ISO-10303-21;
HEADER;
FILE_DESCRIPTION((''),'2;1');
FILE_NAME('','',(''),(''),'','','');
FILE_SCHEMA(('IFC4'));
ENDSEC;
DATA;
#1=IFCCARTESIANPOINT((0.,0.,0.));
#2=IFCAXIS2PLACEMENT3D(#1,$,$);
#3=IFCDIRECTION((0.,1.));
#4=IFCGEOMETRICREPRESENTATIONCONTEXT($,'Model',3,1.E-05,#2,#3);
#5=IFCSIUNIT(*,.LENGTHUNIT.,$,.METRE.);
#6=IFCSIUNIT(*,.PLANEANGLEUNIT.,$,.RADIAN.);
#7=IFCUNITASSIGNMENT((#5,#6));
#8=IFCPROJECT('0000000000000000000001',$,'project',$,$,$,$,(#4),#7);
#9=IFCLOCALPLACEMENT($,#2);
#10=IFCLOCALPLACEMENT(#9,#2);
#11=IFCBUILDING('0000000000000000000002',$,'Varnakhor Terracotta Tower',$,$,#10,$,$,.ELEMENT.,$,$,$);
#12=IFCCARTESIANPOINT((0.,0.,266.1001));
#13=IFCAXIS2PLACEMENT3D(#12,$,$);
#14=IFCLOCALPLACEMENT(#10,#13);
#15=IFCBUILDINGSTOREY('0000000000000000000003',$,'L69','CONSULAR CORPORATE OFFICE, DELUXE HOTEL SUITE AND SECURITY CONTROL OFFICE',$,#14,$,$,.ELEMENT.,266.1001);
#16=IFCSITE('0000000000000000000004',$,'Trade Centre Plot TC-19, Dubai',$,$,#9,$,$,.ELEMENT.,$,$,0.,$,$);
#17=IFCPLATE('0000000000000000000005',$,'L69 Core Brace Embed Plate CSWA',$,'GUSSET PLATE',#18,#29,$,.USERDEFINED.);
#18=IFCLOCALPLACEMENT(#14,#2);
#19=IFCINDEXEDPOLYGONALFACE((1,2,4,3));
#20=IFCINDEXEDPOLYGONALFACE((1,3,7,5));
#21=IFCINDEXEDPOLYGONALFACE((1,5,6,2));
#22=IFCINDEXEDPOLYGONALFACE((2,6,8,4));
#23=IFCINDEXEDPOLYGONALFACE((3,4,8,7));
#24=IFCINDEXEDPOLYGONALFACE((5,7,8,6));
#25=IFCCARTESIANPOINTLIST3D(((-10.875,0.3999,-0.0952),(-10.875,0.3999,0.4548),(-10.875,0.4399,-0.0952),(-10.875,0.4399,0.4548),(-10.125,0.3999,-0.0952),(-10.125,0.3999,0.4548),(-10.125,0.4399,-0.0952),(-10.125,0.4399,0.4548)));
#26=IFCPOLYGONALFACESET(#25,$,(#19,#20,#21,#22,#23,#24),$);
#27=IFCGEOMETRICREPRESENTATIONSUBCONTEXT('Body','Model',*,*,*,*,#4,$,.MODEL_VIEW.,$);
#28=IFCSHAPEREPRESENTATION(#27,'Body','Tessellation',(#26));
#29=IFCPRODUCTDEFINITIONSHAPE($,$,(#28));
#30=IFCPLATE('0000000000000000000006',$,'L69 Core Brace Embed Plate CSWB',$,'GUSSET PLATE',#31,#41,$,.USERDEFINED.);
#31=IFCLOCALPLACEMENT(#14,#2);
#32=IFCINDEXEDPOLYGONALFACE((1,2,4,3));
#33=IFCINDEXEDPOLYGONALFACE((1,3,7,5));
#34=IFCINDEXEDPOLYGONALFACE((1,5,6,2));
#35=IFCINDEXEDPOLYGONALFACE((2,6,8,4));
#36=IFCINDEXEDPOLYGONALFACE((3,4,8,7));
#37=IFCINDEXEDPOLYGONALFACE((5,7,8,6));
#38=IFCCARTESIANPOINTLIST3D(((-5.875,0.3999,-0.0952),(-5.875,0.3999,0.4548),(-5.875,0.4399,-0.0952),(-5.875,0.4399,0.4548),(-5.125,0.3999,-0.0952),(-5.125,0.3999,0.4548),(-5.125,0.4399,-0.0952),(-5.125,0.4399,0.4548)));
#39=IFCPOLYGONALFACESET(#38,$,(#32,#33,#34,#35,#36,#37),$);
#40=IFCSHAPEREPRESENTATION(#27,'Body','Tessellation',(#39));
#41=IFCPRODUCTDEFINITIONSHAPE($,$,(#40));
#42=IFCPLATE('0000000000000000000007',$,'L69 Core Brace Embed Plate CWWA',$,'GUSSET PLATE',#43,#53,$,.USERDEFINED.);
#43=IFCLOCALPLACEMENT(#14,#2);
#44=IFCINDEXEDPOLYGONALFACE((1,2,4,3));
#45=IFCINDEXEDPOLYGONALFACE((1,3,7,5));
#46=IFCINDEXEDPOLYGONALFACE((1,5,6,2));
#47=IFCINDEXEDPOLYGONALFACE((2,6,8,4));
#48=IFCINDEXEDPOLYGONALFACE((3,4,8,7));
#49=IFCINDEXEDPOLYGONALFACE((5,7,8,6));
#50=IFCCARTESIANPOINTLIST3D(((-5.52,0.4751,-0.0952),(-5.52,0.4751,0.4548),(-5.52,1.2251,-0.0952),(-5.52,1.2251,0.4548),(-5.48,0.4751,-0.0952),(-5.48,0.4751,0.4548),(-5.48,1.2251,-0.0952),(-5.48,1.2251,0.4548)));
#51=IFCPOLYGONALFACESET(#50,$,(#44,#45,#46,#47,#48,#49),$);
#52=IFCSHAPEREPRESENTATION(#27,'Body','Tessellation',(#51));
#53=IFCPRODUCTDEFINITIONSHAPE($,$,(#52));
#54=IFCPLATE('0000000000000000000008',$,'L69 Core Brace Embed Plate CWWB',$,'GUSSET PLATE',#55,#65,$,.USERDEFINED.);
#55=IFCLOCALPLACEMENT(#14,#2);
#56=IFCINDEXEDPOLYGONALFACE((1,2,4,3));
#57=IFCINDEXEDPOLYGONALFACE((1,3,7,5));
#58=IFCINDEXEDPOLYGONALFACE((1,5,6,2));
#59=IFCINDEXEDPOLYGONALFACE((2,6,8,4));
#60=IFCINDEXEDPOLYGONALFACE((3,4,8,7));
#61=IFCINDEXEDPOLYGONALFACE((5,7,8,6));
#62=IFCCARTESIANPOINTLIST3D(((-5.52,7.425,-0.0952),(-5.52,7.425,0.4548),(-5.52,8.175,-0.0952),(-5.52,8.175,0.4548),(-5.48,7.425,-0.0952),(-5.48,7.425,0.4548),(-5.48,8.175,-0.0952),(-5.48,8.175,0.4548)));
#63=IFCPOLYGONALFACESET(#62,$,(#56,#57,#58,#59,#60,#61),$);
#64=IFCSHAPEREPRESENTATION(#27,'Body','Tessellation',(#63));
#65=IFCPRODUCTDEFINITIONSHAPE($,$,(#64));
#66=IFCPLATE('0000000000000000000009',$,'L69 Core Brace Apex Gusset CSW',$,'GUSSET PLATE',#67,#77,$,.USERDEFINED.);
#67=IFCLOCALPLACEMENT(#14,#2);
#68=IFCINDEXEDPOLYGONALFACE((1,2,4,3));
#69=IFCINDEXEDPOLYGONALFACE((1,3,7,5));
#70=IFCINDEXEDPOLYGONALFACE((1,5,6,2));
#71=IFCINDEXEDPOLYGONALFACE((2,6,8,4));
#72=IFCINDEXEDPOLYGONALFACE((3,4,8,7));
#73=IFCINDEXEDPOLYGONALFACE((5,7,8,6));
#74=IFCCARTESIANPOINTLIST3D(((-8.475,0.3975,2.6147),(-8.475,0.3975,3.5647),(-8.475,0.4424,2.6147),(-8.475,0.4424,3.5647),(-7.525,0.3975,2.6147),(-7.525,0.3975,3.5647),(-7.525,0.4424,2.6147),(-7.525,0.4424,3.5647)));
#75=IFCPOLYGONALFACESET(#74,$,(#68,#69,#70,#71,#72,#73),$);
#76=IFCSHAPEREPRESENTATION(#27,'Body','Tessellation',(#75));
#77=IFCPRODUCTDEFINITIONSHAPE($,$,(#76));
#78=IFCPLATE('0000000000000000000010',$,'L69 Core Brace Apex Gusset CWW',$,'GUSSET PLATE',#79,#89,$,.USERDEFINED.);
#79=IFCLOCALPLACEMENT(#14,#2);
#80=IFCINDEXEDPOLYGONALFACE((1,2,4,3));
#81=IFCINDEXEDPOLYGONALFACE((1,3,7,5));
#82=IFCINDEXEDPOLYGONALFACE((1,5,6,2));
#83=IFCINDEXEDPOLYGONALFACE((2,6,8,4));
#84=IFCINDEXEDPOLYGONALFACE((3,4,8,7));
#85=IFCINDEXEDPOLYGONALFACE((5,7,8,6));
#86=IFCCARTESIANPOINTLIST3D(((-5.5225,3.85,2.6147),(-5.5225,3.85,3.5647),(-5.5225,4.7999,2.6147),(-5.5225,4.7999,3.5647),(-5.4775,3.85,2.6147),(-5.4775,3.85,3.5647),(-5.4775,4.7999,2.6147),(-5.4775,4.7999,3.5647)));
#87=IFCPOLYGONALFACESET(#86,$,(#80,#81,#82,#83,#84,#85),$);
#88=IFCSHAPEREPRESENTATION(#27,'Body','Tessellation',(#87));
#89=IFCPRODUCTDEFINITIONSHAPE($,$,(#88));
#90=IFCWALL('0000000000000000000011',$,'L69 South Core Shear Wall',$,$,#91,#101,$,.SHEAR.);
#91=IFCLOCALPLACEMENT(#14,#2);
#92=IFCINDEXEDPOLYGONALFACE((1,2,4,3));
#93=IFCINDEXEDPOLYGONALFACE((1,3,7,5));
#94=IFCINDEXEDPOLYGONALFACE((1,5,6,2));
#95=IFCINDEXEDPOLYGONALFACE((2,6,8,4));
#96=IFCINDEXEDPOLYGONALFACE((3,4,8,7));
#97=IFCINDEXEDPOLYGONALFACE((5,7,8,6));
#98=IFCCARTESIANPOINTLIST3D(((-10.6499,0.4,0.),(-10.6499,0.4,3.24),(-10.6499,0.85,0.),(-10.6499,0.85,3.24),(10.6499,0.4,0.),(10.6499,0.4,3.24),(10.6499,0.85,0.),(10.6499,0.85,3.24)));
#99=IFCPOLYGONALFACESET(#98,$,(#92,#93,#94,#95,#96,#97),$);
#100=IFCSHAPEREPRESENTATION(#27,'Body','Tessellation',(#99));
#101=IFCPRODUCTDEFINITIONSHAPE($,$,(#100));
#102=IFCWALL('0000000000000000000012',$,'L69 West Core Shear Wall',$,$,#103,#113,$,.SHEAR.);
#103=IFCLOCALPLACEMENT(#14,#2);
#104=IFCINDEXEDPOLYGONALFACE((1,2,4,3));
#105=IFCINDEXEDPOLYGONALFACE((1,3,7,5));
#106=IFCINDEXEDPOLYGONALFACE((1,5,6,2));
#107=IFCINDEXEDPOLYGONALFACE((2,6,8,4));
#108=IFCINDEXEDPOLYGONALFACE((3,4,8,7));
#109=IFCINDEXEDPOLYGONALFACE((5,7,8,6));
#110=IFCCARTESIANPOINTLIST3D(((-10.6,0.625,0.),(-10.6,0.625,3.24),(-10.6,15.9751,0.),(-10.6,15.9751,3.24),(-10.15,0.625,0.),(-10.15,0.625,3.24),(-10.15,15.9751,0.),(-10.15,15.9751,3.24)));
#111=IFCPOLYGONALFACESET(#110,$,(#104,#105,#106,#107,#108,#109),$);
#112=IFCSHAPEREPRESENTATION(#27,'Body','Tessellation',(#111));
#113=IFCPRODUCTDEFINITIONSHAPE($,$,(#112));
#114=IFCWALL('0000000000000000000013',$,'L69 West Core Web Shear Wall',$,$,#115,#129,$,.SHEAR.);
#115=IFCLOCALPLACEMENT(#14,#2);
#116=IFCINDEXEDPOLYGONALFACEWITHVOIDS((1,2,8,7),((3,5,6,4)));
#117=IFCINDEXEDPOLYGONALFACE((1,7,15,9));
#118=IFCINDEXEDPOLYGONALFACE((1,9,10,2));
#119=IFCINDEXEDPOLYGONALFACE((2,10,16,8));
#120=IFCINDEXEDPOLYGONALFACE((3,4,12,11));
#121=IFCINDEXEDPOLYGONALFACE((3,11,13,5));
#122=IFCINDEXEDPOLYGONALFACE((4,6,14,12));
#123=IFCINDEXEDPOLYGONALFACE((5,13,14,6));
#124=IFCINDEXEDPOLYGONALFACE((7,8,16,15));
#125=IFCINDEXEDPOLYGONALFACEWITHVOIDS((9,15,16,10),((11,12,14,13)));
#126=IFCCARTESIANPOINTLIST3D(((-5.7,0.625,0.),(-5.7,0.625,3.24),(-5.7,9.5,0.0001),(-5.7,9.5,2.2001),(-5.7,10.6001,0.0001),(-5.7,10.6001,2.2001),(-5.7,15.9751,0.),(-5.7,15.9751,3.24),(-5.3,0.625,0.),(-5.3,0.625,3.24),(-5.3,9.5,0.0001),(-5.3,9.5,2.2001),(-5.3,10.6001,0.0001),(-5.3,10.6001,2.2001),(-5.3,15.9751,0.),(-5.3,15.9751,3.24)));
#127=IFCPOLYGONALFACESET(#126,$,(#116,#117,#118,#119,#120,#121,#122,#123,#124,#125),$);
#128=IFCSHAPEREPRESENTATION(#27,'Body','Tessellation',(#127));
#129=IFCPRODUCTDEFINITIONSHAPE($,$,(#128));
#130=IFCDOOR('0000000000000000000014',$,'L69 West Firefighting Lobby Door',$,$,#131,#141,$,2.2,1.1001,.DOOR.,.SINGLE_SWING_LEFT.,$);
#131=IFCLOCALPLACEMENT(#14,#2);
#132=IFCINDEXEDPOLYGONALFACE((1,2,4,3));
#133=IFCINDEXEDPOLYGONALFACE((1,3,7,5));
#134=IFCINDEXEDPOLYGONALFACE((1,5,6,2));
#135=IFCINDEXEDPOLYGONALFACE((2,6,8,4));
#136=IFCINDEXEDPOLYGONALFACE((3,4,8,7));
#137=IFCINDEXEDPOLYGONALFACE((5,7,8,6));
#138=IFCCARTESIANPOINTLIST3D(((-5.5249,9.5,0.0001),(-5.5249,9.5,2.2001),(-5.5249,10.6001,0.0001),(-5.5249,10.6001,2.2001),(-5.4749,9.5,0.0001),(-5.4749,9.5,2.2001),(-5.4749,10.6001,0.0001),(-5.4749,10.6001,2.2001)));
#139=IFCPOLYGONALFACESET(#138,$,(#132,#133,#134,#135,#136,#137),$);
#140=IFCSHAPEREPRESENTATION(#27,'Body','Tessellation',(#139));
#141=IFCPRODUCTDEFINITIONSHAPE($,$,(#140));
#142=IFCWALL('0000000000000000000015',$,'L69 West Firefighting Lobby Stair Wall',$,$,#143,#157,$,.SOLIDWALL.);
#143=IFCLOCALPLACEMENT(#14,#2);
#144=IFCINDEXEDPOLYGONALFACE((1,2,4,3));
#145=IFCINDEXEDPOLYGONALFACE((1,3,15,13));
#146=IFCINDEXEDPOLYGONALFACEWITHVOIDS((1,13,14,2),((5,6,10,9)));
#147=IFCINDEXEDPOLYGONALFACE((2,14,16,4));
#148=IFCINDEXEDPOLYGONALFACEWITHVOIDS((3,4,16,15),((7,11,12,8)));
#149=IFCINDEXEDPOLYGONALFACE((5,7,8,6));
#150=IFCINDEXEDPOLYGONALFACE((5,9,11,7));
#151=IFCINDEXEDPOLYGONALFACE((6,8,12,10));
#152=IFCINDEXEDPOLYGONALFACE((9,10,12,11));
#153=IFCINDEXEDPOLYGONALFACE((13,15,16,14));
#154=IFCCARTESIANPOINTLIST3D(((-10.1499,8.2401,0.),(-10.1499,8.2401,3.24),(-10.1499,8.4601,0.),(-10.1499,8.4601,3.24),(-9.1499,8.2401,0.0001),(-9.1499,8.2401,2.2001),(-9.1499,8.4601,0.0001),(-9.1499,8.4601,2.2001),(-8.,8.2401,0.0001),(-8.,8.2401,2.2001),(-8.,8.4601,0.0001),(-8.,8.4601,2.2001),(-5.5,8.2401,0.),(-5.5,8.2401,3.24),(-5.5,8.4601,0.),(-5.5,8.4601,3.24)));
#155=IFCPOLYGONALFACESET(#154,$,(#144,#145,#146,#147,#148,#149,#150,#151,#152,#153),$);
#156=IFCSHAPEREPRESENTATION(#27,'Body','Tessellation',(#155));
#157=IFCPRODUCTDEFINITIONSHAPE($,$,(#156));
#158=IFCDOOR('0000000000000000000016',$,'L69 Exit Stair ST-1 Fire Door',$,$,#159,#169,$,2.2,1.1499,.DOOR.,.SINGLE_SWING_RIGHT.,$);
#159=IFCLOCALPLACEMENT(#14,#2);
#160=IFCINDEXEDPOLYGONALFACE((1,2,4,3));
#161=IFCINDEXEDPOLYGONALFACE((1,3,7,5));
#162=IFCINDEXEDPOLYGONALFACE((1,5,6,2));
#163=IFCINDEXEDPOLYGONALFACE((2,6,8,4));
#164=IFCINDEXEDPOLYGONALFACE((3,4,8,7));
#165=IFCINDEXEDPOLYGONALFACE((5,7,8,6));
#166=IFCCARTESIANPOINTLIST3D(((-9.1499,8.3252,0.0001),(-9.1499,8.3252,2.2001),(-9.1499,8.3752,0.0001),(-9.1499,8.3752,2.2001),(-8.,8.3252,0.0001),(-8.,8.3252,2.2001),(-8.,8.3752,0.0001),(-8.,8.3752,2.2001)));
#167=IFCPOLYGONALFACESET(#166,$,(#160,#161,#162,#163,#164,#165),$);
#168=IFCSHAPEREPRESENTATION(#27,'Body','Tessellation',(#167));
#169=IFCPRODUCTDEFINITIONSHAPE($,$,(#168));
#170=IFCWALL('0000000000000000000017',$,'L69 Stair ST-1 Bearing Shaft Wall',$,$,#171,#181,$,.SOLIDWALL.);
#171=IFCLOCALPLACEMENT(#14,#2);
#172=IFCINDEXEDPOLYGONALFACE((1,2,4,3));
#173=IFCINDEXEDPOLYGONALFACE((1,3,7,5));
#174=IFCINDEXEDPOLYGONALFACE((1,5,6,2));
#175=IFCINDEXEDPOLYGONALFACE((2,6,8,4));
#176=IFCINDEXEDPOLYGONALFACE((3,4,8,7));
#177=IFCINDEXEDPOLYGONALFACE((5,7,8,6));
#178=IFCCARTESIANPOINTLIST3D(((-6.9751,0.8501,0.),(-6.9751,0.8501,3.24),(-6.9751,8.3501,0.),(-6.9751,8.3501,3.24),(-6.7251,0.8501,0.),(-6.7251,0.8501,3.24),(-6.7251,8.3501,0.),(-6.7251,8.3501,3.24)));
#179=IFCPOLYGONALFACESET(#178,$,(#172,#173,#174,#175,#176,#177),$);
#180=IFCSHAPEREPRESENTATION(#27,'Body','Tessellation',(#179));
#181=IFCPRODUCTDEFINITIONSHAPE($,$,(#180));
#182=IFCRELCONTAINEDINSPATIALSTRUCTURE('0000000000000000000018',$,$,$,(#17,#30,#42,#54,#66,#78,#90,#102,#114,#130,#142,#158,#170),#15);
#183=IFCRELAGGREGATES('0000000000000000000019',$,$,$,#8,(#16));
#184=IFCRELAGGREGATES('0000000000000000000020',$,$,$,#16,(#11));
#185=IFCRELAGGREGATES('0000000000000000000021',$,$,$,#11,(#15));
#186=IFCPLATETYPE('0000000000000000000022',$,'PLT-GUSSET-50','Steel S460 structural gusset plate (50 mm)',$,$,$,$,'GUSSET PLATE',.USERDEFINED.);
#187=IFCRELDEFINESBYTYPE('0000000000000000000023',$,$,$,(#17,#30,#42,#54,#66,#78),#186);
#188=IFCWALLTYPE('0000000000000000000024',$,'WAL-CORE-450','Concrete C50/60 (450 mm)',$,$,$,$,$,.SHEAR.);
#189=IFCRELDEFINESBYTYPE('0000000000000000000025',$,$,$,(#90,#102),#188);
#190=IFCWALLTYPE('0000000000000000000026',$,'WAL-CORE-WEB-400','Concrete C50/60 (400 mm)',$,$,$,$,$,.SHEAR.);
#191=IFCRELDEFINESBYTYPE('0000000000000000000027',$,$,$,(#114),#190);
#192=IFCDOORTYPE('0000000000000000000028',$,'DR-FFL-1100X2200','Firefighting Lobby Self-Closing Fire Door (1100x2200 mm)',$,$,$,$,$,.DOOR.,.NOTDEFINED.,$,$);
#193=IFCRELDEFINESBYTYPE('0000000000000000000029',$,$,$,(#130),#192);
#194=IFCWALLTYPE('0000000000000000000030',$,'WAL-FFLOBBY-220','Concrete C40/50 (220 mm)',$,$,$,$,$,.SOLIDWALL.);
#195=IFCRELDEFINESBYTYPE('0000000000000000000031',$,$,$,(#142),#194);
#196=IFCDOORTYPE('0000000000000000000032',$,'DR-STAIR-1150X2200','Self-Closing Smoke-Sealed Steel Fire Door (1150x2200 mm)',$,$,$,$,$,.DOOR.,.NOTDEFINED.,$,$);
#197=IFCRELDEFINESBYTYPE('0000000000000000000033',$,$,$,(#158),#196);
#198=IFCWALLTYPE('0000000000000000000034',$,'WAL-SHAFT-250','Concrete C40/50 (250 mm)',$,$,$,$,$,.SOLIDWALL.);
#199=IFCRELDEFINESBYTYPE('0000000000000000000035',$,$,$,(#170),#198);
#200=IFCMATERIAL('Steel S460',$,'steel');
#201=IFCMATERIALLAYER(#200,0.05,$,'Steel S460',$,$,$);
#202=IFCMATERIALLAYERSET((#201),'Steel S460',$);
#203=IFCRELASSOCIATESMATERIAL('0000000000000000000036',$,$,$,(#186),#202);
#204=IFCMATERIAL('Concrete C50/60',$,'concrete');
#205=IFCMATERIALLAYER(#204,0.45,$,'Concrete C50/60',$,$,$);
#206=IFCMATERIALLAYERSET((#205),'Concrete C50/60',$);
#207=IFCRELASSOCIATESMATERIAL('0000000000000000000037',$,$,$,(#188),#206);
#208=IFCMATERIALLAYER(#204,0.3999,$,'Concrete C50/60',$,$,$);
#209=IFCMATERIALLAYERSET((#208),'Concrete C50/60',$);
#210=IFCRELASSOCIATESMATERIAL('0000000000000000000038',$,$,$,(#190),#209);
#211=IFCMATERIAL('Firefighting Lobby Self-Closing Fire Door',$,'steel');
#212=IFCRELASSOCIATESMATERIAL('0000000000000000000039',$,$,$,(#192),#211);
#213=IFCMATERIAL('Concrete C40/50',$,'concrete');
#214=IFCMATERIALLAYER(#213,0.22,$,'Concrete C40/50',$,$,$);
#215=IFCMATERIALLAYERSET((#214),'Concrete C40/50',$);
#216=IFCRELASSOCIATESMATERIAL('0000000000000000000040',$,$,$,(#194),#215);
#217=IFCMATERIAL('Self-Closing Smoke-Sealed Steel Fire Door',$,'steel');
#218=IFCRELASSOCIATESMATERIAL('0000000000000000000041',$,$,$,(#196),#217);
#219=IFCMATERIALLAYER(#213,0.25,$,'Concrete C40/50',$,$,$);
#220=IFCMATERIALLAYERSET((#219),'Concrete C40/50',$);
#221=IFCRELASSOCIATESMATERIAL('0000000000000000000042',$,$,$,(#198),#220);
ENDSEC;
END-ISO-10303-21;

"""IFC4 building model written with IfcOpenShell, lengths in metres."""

from ifc_helpers import new_model, si_unit, direction, frame, frame_2d, origin, origin_2d, place, context, subcontext, project, spatial, rectangle, extrude, source, transform, mapped, material, layer, layer_set, type_object, type_shapes, element, fill, save


model = new_model("IFC4")

# Units and contexts
model_context = context("Model", 3, precision=1e-05, world=origin(), true_north=direction((0.0, 1.0)))
body_context = subcontext(model_context, "Body", "Model", "MODEL_VIEW")
ifc_project = project(units=[si_unit("LENGTHUNIT", "METRE"), si_unit("PLANEANGLEUNIT", "RADIAN")], contexts=[model_context])

# Site, building, storey
site_placement = place(None, origin())
site = spatial("IfcSite", under=ifc_project, at=site_placement, Name="Trade Centre Plot TC-19, Dubai", CompositionType="ELEMENT", RefElevation=0.0)
building_placement = place(site_placement, origin())
building = spatial("IfcBuilding", under=site, at=building_placement, Name="Varnakhor Terracotta Tower", CompositionType="ELEMENT")
storey_placement = place(building_placement, frame((0.0, 0.0, 266.1001)))
storey = spatial("IfcBuildingStorey", under=building, at=storey_placement, Name="L69", Description="CONSULAR CORPORATE OFFICE, DELUXE HOTEL SUITE AND SECURITY CONTROL OFFICE", CompositionType="ELEMENT", Elevation=266.1001)

# Shared definitions
ifc_material_1 = material(Name="Concrete C50/60", Category="concrete")

# Plates
ifc_material_2 = material(Name="Steel S460", Category="steel")
ifc_layer_1 = layer(ifc_material_2, 0.05, Name="Steel S460")
ifc_layer_set_1 = layer_set([ifc_layer_1], Name="Steel S460")
plate_type = type_object("IfcPlateType", Name="PLT-GUSSET-50", Description="Steel S460 structural gusset plate (50 mm)", ElementType="GUSSET PLATE", PredefinedType="USERDEFINED", material=ifc_layer_set_1)
shared_shape_1 = source(origin(), body_context, "Body", "SweptSolid", [
    extrude(rectangle(XDim=0.75, YDim=0.04, at=origin_2d()), origin(), (0.0, 0.0, 1.0), 0.55),
])
type_shapes(plate_type, [shared_shape_1])
for number, where, z_axis, x_axis, name in (
    (1, (-10.5, 0.4199, -0.0952), (0.0, 0.0, 1.0), (1.0, 0.0, 0.0), "L69 Core Brace Embed Plate CSWA"),
    (2, (-5.5, 0.4199, -0.0952), (0.0, 0.0, 1.0), (1.0, 0.0, 0.0), "L69 Core Brace Embed Plate CSWB"),
    (3, (-5.5, 0.8501, -0.0952), (0.0, 0.0, 1.0), (0.0, 1.0, 0.0), "L69 Core Brace Embed Plate CWWA"),
    (4, (-5.5, 7.8, -0.0952), (0.0, 0.0, 1.0), (0.0, 1.0, 0.0), "L69 Core Brace Embed Plate CWWB"),
):
    element("IfcPlate", number, at=place(storey_placement, frame(where, z_axis=z_axis, x_axis=x_axis)), inside=storey, type_object=plate_type, Name=name, ObjectType="GUSSET PLATE", PredefinedType="USERDEFINED", context=body_context, shape_type="MappedRepresentation", body=[
        mapped(shared_shape_1, transform((0.0, 0.0, 0.0), scale=1.0)),
    ])
shared_shape_2 = source(origin(), body_context, "Body", "SweptSolid", [
    extrude(rectangle(XDim=0.95, YDim=0.0449, at=origin_2d()), origin(), (0.0, 0.0, 1.0), 0.95),
])
for number, where, z_axis, x_axis, name in (
    (5, (-8.0, 0.4199, 2.6147), (0.0, 0.0, 1.0), (1.0, 0.0, 0.0), "L69 Core Brace Apex Gusset CSW"),
    (6, (-5.5, 4.325, 2.6147), (0.0, 0.0, 1.0), (0.0, 1.0, 0.0), "L69 Core Brace Apex Gusset CWW"),
):
    element("IfcPlate", number, at=place(storey_placement, frame(where, z_axis=z_axis, x_axis=x_axis)), inside=storey, type_object=plate_type, Name=name, ObjectType="GUSSET PLATE", PredefinedType="USERDEFINED", context=body_context, shape_type="MappedRepresentation", body=[
        mapped(shared_shape_2, transform((0.0, 0.0, 0.0), scale=1.0)),
    ])

# Walls
ifc_layer_2 = layer(ifc_material_1, 0.45, Name="Concrete C50/60")
ifc_layer_set_2 = layer_set([ifc_layer_2], Name="Concrete C50/60")
wall_type_1 = type_object("IfcWallType", Name="WAL-CORE-450", Description="Concrete C50/60 (450 mm)", PredefinedType="SHEAR", material=ifc_layer_set_2)
wall_1_placement = place(storey_placement, frame((-10.6499, 0.625, 0.0), z_axis=(0.0, 0.0, 1.0), x_axis=(1.0, 0.0, 0.0)))
element("IfcWall", 7, at=wall_1_placement, inside=storey, type_object=wall_type_1, Name="L69 South Core Shear Wall", PredefinedType="SHEAR", context=body_context, shape_type="SweptSolid", body=[
    extrude(rectangle(XDim=21.2998, YDim=0.45, at=frame_2d((10.6499, 0.0))), origin(), (0.0, 0.0, 1.0), 3.24),
])
wall_2_placement = place(storey_placement, frame((-10.375, 0.625, 0.0), z_axis=(0.0, 0.0, 1.0), x_axis=(0.0, 1.0, 0.0)))
element("IfcWall", 8, at=wall_2_placement, inside=storey, type_object=wall_type_1, Name="L69 West Core Shear Wall", PredefinedType="SHEAR", context=body_context, shape_type="SweptSolid", body=[
    extrude(rectangle(XDim=15.3501, YDim=0.45, at=frame_2d((7.675, 0.0))), origin(), (0.0, 0.0, 1.0), 3.24),
])

# Walls, openings, doors
ifc_layer_3 = layer(ifc_material_1, 0.3999, Name="Concrete C50/60")
ifc_layer_set_3 = layer_set([ifc_layer_3], Name="Concrete C50/60")
wall_type_2 = type_object("IfcWallType", Name="WAL-CORE-WEB-400", Description="Concrete C50/60 (400 mm)", PredefinedType="SHEAR", material=ifc_layer_set_3)
wall_3_placement = place(storey_placement, frame((-5.5, 0.625, 0.0), z_axis=(0.0, 0.0, 1.0), x_axis=(0.0, 1.0, 0.0)))
wall_3 = element("IfcWall", 9, at=wall_3_placement, inside=storey, type_object=wall_type_2, Name="L69 West Core Web Shear Wall", PredefinedType="SHEAR", context=body_context, shape_type="SweptSolid", body=[
    extrude(rectangle(XDim=15.3501, YDim=0.3999, at=frame_2d((7.675, 0.0))), origin(), (0.0, 0.0, 1.0), 3.24),
])
opening_1_placement = place(wall_3_placement, frame((8.875, 0.0, 0.0)))
opening_1 = element("IfcOpeningElement", 10, at=opening_1_placement, cuts=wall_3, PredefinedType="OPENING", context=body_context, shape_type="SweptSolid", body=[
    extrude(rectangle(XDim=1.1001, YDim=2.2, at=frame_2d((0.55, 1.1001))), frame((0.0, 0.21, 0.0), z_axis=(0.0, -1.0, 0.0), x_axis=(1.0, 0.0, 0.0)), (0.0, 0.0, 1.0), 0.4199),
])
ifc_material_3 = material(Name="Firefighting Lobby Self-Closing Fire Door", Category="steel")
door_type_1 = type_object("IfcDoorType", Name="DR-FFL-1100X2200", Description="Firefighting Lobby Self-Closing Fire Door (1100x2200 mm)", OperationType="NOTDEFINED", PredefinedType="DOOR", material=ifc_material_3)
shared_shape_3 = source(origin(), body_context, "Body", "SweptSolid", [
    extrude(rectangle(XDim=1.1001, YDim=2.2, at=frame_2d((0.55, 1.1001))), frame((0.0, 0.0249, 0.0), z_axis=(0.0, -1.0, 0.0), x_axis=(1.0, 0.0, 0.0)), (0.0, 0.0, 1.0), 0.05),
])
type_shapes(door_type_1, [shared_shape_3])
door_1_placement = place(opening_1_placement, origin())
door_1 = element("IfcDoor", 11, at=door_1_placement, inside=storey, type_object=door_type_1, Name="L69 West Firefighting Lobby Door", OperationType="SINGLE_SWING_LEFT", OverallHeight=2.2, OverallWidth=1.1001, PredefinedType="DOOR", context=body_context, shape_type="MappedRepresentation", body=[
    mapped(shared_shape_3, transform((0.0, 0.0, 0.0), scale=1.0)),
])
fill(opening_1, door_1)
ifc_material_4 = material(Name="Concrete C40/50", Category="concrete")
ifc_layer_4 = layer(ifc_material_4, 0.22, Name="Concrete C40/50")
ifc_layer_set_4 = layer_set([ifc_layer_4], Name="Concrete C40/50")
wall_type_3 = type_object("IfcWallType", Name="WAL-FFLOBBY-220", Description="Concrete C40/50 (220 mm)", PredefinedType="SOLIDWALL", material=ifc_layer_set_4)
wall_4_placement = place(storey_placement, frame((-5.5, 8.3501, 0.0), z_axis=(0.0, 0.0, 1.0), x_axis=(-1.0, 0.0, 0.0)))
wall_4 = element("IfcWall", 12, at=wall_4_placement, inside=storey, type_object=wall_type_3, Name="L69 West Firefighting Lobby Stair Wall", PredefinedType="SOLIDWALL", context=body_context, shape_type="SweptSolid", body=[
    extrude(rectangle(XDim=4.6499, YDim=0.22, at=frame_2d((2.325, 0.0))), origin(), (0.0, 0.0, 1.0), 3.24),
])
opening_2_placement = place(wall_4_placement, frame((2.5, 0.0, 0.0)))
opening_2 = element("IfcOpeningElement", 13, at=opening_2_placement, cuts=wall_4, PredefinedType="OPENING", context=body_context, shape_type="SweptSolid", body=[
    extrude(rectangle(XDim=1.1499, YDim=2.2, at=frame_2d((0.575, 1.1001))), frame((0.0, 0.1201, 0.0), z_axis=(0.0, -1.0, 0.0), x_axis=(1.0, 0.0, 0.0)), (0.0, 0.0, 1.0), 0.24),
])
ifc_material_5 = material(Name="Self-Closing Smoke-Sealed Steel Fire Door", Category="steel")
door_type_2 = type_object("IfcDoorType", Name="DR-STAIR-1150X2200", Description="Self-Closing Smoke-Sealed Steel Fire Door (1150x2200 mm)", OperationType="NOTDEFINED", PredefinedType="DOOR", material=ifc_material_5)
shared_shape_4 = source(origin(), body_context, "Body", "SweptSolid", [
    extrude(rectangle(XDim=1.1499, YDim=2.2, at=frame_2d((0.575, 1.1001))), frame((0.0, 0.0249, 0.0), z_axis=(0.0, -1.0, 0.0), x_axis=(1.0, 0.0, 0.0)), (0.0, 0.0, 1.0), 0.05),
])
type_shapes(door_type_2, [shared_shape_4])
door_2_placement = place(opening_2_placement, origin())
door_2 = element("IfcDoor", 14, at=door_2_placement, inside=storey, type_object=door_type_2, Name="L69 Exit Stair ST-1 Fire Door", OperationType="SINGLE_SWING_RIGHT", OverallHeight=2.2, OverallWidth=1.1499, PredefinedType="DOOR", context=body_context, shape_type="MappedRepresentation", body=[
    mapped(shared_shape_4, transform((0.0, 0.0, 0.0), scale=1.0)),
])
fill(opening_2, door_2)

# Wall
ifc_layer_5 = layer(ifc_material_4, 0.25, Name="Concrete C40/50")
ifc_layer_set_5 = layer_set([ifc_layer_5], Name="Concrete C40/50")
wall_type_4 = type_object("IfcWallType", Name="WAL-SHAFT-250", Description="Concrete C40/50 (250 mm)", PredefinedType="SOLIDWALL", material=ifc_layer_set_5)
wall_5_placement = place(storey_placement, frame((-6.8501, 0.8501, 0.0), z_axis=(0.0, 0.0, 1.0), x_axis=(0.0, 1.0, 0.0)))
element("IfcWall", 15, at=wall_5_placement, inside=storey, type_object=wall_type_4, Name="L69 Stair ST-1 Bearing Shaft Wall", PredefinedType="SOLIDWALL", context=body_context, shape_type="SweptSolid", body=[
    extrude(rectangle(XDim=7.5, YDim=0.25, at=frame_2d((3.75, 0.0))), origin(), (0.0, 0.0, 1.0), 3.24),
])

save(model, "model.ifc")
